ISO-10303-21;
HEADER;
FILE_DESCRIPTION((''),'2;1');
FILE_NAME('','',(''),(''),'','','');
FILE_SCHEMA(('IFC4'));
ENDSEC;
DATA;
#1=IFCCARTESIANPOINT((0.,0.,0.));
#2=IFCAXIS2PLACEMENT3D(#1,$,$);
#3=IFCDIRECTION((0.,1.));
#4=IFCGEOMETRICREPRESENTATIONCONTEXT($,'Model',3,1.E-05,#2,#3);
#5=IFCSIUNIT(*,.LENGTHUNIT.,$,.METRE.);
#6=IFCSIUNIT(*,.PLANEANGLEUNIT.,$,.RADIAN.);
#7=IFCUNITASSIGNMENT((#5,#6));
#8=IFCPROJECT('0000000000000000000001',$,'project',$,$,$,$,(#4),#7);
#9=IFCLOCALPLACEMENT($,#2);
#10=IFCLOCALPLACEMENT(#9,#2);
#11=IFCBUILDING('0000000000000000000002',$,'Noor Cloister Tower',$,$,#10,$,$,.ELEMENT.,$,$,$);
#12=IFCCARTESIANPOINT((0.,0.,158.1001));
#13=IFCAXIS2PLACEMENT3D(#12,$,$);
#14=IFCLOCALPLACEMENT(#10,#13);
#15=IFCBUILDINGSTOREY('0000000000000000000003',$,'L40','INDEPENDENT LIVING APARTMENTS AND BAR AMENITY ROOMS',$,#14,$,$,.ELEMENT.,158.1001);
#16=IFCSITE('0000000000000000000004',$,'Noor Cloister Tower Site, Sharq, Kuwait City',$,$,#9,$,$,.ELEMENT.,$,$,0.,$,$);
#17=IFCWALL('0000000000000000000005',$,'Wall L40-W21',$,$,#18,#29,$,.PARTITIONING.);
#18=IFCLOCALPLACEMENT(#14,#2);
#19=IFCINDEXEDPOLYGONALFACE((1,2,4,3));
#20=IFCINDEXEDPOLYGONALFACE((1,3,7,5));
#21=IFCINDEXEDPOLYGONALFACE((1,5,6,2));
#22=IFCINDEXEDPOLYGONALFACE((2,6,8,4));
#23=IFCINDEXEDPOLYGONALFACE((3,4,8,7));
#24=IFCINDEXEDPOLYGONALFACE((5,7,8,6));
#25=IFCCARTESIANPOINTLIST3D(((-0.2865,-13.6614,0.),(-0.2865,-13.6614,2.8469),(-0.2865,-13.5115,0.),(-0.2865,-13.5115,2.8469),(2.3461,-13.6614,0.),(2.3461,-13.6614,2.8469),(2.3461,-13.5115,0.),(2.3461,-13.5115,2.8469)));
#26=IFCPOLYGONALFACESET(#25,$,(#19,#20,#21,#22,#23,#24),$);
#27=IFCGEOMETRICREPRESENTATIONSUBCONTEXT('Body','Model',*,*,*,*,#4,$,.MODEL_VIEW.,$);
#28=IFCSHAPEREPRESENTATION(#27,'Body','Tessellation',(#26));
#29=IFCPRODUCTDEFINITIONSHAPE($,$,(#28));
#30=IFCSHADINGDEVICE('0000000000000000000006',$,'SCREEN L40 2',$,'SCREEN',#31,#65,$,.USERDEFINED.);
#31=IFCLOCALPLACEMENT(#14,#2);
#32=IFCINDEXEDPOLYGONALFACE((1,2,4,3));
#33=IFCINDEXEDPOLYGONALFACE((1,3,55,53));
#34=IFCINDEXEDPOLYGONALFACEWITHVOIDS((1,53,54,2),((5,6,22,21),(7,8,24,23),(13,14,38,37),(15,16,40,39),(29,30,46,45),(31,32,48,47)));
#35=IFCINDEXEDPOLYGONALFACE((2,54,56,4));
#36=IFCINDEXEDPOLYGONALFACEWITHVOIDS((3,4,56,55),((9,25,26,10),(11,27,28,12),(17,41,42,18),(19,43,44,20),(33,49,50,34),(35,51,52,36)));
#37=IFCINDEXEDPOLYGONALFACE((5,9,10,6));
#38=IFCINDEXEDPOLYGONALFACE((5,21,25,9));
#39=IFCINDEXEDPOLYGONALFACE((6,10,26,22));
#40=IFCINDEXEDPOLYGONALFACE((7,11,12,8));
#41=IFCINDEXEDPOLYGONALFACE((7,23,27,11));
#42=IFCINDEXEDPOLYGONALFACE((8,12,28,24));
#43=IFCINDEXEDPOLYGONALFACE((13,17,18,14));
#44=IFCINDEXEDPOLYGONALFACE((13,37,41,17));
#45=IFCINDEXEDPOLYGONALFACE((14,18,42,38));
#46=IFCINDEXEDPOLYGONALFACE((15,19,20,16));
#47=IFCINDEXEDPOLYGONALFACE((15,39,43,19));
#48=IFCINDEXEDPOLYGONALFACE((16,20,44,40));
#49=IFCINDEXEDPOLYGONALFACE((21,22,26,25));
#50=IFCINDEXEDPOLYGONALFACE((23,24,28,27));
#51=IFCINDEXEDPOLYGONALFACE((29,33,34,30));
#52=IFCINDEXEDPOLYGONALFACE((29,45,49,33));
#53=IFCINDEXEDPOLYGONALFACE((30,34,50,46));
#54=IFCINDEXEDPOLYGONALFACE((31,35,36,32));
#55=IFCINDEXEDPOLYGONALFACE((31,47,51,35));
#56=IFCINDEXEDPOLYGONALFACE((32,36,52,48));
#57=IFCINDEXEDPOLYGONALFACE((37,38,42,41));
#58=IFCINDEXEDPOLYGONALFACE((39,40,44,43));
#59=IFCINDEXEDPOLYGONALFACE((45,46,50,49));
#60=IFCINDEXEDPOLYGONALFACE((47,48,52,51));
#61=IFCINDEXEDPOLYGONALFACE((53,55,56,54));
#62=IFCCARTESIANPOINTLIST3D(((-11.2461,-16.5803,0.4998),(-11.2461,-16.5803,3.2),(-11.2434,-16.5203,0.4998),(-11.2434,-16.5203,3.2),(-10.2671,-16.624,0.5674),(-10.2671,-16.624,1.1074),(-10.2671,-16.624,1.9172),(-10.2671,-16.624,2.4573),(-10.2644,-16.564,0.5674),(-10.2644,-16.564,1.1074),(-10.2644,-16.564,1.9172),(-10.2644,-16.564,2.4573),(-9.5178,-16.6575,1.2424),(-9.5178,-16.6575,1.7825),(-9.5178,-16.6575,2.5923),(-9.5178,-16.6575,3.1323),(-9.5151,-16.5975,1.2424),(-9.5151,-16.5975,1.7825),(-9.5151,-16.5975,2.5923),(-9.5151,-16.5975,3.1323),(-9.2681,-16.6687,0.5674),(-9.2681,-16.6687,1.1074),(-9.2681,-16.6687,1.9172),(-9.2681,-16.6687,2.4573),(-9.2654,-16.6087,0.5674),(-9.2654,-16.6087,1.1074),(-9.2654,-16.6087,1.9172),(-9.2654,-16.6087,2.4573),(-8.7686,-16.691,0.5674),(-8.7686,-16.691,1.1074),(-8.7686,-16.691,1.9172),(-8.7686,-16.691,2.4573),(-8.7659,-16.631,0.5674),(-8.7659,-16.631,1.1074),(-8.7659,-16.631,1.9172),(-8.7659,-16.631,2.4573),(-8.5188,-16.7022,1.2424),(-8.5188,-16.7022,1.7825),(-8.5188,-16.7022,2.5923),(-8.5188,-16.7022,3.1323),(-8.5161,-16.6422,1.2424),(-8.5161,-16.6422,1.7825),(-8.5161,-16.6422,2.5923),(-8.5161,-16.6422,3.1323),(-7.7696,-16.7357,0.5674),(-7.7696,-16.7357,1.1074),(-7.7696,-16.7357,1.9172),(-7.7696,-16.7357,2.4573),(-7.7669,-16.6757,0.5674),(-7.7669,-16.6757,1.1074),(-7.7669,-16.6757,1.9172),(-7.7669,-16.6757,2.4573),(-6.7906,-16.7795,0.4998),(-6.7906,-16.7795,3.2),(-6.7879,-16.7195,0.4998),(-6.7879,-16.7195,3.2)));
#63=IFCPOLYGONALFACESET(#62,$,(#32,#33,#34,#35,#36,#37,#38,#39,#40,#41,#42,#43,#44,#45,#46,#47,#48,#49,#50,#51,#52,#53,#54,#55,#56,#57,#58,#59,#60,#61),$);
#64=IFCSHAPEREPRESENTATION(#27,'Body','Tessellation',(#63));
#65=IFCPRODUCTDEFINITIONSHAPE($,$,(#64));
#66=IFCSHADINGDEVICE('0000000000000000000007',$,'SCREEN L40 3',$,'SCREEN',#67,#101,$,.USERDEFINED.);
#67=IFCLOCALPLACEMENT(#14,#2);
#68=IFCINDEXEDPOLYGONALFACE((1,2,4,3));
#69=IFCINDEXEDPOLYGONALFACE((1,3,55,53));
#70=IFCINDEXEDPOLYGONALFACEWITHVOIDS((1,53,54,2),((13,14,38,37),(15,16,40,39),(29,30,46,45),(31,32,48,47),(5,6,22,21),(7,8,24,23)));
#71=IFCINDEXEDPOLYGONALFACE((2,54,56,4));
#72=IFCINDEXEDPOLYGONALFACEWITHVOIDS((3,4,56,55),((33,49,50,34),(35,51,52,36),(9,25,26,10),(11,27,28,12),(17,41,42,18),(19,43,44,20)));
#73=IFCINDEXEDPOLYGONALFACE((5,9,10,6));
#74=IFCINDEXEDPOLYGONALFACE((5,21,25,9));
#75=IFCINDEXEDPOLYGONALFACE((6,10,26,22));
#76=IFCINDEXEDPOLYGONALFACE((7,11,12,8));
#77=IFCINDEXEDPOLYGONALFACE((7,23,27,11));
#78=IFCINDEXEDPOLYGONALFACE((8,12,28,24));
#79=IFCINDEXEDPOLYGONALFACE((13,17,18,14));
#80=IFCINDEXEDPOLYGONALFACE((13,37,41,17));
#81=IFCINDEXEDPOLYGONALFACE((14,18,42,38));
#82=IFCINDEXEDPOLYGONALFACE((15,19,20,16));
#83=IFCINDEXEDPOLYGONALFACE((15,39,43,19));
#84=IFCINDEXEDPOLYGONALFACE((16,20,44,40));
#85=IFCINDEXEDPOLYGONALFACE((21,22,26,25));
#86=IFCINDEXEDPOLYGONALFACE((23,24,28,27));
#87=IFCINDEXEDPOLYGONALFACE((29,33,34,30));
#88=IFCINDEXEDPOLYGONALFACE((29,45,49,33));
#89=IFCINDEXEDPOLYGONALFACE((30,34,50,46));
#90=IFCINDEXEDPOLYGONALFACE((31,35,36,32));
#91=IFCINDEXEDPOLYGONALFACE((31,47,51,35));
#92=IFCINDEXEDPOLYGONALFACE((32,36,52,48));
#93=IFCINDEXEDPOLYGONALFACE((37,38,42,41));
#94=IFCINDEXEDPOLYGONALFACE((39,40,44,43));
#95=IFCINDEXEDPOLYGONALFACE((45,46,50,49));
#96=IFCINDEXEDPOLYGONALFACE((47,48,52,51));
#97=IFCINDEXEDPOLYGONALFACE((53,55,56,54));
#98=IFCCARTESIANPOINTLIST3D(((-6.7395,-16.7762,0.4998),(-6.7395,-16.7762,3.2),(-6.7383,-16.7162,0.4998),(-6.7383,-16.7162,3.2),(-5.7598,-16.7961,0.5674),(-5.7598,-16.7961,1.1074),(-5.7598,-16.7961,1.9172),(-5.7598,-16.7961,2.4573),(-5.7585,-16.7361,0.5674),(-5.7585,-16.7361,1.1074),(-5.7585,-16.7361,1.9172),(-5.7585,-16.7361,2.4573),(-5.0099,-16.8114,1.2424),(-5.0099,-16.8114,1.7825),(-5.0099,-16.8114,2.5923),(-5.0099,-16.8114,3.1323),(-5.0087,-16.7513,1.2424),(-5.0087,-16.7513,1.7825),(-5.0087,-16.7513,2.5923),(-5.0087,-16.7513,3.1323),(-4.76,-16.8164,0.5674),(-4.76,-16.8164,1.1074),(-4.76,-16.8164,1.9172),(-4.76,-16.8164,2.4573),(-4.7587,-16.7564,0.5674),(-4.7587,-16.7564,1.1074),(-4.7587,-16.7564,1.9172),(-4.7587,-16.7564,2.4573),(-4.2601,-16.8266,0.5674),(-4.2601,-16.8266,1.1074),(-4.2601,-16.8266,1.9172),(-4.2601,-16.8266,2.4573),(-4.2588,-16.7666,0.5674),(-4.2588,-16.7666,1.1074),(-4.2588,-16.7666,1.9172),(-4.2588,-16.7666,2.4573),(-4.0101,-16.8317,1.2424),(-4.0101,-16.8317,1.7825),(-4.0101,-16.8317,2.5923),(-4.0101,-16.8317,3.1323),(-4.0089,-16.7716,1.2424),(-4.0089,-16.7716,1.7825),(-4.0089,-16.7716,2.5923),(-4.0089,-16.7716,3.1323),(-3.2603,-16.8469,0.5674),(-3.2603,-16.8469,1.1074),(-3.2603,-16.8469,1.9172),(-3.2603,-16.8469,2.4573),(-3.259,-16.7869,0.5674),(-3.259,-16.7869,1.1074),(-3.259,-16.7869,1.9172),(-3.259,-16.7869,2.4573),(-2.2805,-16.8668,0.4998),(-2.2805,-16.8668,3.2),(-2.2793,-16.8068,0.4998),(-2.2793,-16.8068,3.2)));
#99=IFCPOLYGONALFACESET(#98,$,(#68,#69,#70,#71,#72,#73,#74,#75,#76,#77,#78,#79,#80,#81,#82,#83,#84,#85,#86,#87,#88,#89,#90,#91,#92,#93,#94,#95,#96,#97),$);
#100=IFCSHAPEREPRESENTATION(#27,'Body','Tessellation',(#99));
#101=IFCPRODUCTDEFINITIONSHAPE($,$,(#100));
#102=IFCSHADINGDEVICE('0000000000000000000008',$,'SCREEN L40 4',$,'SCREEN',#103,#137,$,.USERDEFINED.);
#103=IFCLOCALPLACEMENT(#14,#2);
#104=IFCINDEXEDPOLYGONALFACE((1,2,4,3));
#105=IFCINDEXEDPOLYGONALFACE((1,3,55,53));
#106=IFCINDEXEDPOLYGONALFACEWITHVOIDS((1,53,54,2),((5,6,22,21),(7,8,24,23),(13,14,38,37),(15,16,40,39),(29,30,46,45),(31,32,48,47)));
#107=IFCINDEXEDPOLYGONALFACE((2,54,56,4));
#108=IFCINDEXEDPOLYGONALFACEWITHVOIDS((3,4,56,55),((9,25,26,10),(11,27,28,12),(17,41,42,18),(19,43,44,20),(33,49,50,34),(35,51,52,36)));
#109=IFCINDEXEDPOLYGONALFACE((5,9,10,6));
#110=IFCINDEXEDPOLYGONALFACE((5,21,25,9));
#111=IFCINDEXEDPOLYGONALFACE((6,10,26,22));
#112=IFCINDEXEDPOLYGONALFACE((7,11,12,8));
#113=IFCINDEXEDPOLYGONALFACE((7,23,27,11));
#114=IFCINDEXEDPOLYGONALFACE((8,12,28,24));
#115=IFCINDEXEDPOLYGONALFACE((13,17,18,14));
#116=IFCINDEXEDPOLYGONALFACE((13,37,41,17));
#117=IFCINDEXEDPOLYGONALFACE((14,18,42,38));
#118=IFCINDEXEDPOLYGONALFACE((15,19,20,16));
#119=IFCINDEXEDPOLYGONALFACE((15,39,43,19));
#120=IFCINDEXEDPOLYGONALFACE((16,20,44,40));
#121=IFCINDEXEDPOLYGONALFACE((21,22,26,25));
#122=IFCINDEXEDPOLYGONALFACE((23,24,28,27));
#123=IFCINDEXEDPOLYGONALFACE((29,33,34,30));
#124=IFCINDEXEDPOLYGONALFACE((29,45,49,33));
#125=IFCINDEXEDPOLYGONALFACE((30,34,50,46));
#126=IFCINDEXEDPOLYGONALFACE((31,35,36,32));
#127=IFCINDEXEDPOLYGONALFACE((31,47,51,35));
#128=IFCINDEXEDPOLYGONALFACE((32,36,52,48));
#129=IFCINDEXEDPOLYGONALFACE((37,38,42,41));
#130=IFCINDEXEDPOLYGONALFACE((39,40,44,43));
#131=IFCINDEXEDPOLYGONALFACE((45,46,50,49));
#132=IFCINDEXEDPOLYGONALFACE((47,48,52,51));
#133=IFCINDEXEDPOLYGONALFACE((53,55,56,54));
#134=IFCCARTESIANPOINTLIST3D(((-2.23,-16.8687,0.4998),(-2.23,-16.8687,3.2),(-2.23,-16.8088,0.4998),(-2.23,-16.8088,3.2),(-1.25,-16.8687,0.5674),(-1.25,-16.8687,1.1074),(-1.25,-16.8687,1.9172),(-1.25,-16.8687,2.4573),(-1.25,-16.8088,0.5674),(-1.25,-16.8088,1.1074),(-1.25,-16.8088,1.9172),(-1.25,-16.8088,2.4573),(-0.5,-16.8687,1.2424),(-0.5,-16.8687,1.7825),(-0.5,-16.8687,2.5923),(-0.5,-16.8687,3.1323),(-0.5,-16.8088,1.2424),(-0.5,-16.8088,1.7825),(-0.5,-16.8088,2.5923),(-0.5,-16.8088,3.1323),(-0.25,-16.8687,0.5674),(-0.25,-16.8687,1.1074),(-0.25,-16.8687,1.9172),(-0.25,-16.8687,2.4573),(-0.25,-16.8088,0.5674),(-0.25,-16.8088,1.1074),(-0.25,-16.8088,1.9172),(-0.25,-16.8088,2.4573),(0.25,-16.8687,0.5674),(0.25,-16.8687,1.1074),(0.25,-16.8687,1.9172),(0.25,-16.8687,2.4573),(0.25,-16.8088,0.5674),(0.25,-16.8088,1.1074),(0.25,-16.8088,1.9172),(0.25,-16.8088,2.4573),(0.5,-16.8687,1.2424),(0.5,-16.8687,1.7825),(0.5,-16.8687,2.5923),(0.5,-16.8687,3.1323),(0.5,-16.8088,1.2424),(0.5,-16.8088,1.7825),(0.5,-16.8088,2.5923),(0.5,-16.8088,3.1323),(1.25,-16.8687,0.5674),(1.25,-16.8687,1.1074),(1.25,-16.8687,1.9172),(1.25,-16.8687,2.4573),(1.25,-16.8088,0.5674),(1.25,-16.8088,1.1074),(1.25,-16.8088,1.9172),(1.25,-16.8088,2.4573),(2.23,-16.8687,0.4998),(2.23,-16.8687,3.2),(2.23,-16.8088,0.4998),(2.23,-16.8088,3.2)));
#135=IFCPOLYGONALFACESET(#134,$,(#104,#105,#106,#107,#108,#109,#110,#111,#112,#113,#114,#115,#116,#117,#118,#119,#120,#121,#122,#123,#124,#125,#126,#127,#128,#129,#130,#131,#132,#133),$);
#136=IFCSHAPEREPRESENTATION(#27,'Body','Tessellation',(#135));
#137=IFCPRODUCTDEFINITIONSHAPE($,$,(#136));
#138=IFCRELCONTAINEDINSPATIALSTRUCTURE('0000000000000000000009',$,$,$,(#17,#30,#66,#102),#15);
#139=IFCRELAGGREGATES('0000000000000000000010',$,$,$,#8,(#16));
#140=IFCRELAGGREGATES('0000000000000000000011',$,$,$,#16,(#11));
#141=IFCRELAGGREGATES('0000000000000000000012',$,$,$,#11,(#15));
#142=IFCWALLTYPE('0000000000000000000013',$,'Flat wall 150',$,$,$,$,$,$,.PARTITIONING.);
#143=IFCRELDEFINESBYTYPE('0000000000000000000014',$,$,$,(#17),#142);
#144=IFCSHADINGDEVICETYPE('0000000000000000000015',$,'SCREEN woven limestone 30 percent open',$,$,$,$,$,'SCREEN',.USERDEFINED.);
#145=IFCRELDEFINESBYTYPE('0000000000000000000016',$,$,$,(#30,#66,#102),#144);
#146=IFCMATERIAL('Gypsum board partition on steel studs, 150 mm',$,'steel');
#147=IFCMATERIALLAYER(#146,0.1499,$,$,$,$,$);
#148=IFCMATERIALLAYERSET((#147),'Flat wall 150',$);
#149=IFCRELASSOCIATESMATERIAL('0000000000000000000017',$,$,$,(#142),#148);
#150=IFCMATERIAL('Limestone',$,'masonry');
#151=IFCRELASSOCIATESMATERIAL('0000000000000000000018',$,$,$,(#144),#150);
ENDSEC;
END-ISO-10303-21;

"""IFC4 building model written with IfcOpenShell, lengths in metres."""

from ifc_helpers import new_model, si_unit, direction, frame, frame_2d, origin, place, context, subcontext, project, spatial, polyline, rectangle, outline, extrude, material, layer, layer_set, material_profile, profile_set, type_object, element, save


model = new_model("IFC4")

# Units and contexts
model_context = context("Model", 3, precision=1e-05, world=origin(), true_north=direction((0.0, 1.0)))
body_context = subcontext(model_context, "Body", "Model", "MODEL_VIEW")
ifc_project = project(units=[si_unit("LENGTHUNIT", "METRE"), si_unit("PLANEANGLEUNIT", "RADIAN")], contexts=[model_context])

# Site, building, storey
site_placement = place(None, origin())
site = spatial("IfcSite", under=ifc_project, at=site_placement, Name="Noor Cloister Tower Site, Sharq, Kuwait City", CompositionType="ELEMENT", RefElevation=0.0)
building_placement = place(site_placement, origin())
building = spatial("IfcBuilding", under=site, at=building_placement, Name="Noor Cloister Tower", CompositionType="ELEMENT")
storey_placement = place(building_placement, frame((0.0, 0.0, 158.1001)))
storey = spatial("IfcBuildingStorey", under=building, at=storey_placement, Name="L40", Description="INDEPENDENT LIVING APARTMENTS AND BAR AMENITY ROOMS", CompositionType="ELEMENT", Elevation=158.1001)

# Wall
ifc_material_1 = material(Name="Gypsum board partition on steel studs, 150 mm", Category="steel")
ifc_layer_1 = layer(ifc_material_1, 0.1499)
ifc_layer_set_1 = layer_set([ifc_layer_1], Name="Flat wall 150")
wall_type = type_object("IfcWallType", Name="Flat wall 150", PredefinedType="PARTITIONING", material=ifc_layer_set_1)
wall_placement = place(storey_placement, frame((-0.2866, -13.5864, 0.0), z_axis=(0.0, 0.0, 1.0), x_axis=(1.0, 0.0, 0.0)))
element("IfcWall", 1, at=wall_placement, inside=storey, type_object=wall_type, Name="Wall L40-W21", PredefinedType="PARTITIONING", context=body_context, shape_type="SweptSolid", body=[
    extrude(rectangle(XDim=2.6326, YDim=0.1499, at=frame_2d((1.3164, 0.0))), origin(), (0.0, 0.0, 1.0), 2.8469),
])

# Shading devices
ifc_material_2 = material(Name="Limestone", Category="masonry")
ifc_material_profile_1 = material_profile(ifc_material_2, outline(polyline([(-2.23, -1.3501), (2.23, -1.3501), (2.23, 1.3501), (-2.23, 1.3501), (-2.23, -1.3501)]), holes=[polyline([(-1.25, -1.2825), (-0.25, -1.2825), (-0.25, -0.7424), (-1.25, -0.7424), (-1.25, -1.2825)]), polyline([(0.25, -1.2825), (1.25, -1.2825), (1.25, -0.7424), (0.25, -0.7424), (0.25, -1.2825)]), polyline([(-0.5, -0.6074), (0.5, -0.6074), (0.5, -0.0674), (-0.5, -0.0674), (-0.5, -0.6074)]), polyline([(-1.25, 0.0674), (-0.25, 0.0674), (-0.25, 0.6074), (-1.25, 0.6074), (-1.25, 0.0674)]), polyline([(0.25, 0.0674), (1.25, 0.0674), (1.25, 0.6074), (0.25, 0.6074), (0.25, 0.0674)]), polyline([(-0.5, 0.7424), (0.5, 0.7424), (0.5, 1.2825), (-0.5, 1.2825), (-0.5, 0.7424)])]), Name="Woven screen 30 percent open")
ifc_profile_set_1 = profile_set([ifc_material_profile_1], Name="Limestone")
shading_device_type = type_object("IfcShadingDeviceType", Name="SCREEN woven limestone 30 percent open", ElementType="SCREEN", PredefinedType="USERDEFINED", material=ifc_profile_set_1)
for number, where, z_axis, x_axis, name in (
    (2, (-9.0156, -16.6199, 1.8499), (-0.044671, -0.999002, 0.0), (0.999002, -0.044671, 0.0), "SCREEN L40 2"),
    (3, (-4.5088, -16.7615, 1.8499), (-0.020321, -0.999794, 0.0), (0.999794, -0.020321, 0.0), "SCREEN L40 3"),
):
    element("IfcShadingDevice", number, at=place(storey_placement, frame(where, z_axis=z_axis, x_axis=x_axis)), inside=storey, type_object=shading_device_type, Name=name, ObjectType="SCREEN", PredefinedType="USERDEFINED", context=body_context, shape_type="SweptSolid", body=[
        extrude(outline(polyline([(-2.23, -1.3501), (2.23, -1.3501), (2.23, 1.3501), (-2.23, 1.3501), (-2.23, -1.3501)]), holes=[polyline([(-1.25, -1.2825), (-0.25, -1.2825), (-0.25, -0.7424), (-1.25, -0.7424), (-1.25, -1.2825)]), polyline([(0.25, -1.2825), (1.25, -1.2825), (1.25, -0.7424), (0.25, -0.7424), (0.25, -1.2825)]), polyline([(-0.5, -0.6074), (0.5, -0.6074), (0.5, -0.0674), (-0.5, -0.0674), (-0.5, -0.6074)]), polyline([(-1.25, 0.0674), (-0.25, 0.0674), (-0.25, 0.6074), (-1.25, 0.6074), (-1.25, 0.0674)]), polyline([(0.25, 0.0674), (1.25, 0.0674), (1.25, 0.6074), (0.25, 0.6074), (0.25, 0.0674)]), polyline([(-0.5, 0.7424), (0.5, 0.7424), (0.5, 1.2825), (-0.5, 1.2825), (-0.5, 0.7424)])]), origin(), (0.0, 0.0, 1.0), 0.0601),
    ])
shading_device_placement = place(storey_placement, frame((0.0, -16.8088, 1.8499), z_axis=(0.0, -1.0, 0.0), x_axis=(1.0, 0.0, 0.0)))
element("IfcShadingDevice", 4, at=shading_device_placement, inside=storey, type_object=shading_device_type, Name="SCREEN L40 4", ObjectType="SCREEN", PredefinedType="USERDEFINED", context=body_context, shape_type="SweptSolid", body=[
    extrude(outline(polyline([(-2.23, -1.3501), (2.23, -1.3501), (2.23, 1.3501), (-2.23, 1.3501), (-2.23, -1.3501)]), holes=[polyline([(-1.25, -1.2825), (-0.25, -1.2825), (-0.25, -0.7424), (-1.25, -0.7424), (-1.25, -1.2825)]), polyline([(0.25, -1.2825), (1.25, -1.2825), (1.25, -0.7424), (0.25, -0.7424), (0.25, -1.2825)]), polyline([(-0.5, -0.6074), (0.5, -0.6074), (0.5, -0.0674), (-0.5, -0.0674), (-0.5, -0.6074)]), polyline([(-1.25, 0.0674), (-0.25, 0.0674), (-0.25, 0.6074), (-1.25, 0.6074), (-1.25, 0.0674)]), polyline([(0.25, 0.0674), (1.25, 0.0674), (1.25, 0.6074), (0.25, 0.6074), (0.25, 0.0674)]), polyline([(-0.5, 0.7424), (0.5, 0.7424), (0.5, 1.2825), (-0.5, 1.2825), (-0.5, 0.7424)])]), origin(), (0.0, 0.0, 1.0), 0.0598),
])

save(model, "model.ifc")
